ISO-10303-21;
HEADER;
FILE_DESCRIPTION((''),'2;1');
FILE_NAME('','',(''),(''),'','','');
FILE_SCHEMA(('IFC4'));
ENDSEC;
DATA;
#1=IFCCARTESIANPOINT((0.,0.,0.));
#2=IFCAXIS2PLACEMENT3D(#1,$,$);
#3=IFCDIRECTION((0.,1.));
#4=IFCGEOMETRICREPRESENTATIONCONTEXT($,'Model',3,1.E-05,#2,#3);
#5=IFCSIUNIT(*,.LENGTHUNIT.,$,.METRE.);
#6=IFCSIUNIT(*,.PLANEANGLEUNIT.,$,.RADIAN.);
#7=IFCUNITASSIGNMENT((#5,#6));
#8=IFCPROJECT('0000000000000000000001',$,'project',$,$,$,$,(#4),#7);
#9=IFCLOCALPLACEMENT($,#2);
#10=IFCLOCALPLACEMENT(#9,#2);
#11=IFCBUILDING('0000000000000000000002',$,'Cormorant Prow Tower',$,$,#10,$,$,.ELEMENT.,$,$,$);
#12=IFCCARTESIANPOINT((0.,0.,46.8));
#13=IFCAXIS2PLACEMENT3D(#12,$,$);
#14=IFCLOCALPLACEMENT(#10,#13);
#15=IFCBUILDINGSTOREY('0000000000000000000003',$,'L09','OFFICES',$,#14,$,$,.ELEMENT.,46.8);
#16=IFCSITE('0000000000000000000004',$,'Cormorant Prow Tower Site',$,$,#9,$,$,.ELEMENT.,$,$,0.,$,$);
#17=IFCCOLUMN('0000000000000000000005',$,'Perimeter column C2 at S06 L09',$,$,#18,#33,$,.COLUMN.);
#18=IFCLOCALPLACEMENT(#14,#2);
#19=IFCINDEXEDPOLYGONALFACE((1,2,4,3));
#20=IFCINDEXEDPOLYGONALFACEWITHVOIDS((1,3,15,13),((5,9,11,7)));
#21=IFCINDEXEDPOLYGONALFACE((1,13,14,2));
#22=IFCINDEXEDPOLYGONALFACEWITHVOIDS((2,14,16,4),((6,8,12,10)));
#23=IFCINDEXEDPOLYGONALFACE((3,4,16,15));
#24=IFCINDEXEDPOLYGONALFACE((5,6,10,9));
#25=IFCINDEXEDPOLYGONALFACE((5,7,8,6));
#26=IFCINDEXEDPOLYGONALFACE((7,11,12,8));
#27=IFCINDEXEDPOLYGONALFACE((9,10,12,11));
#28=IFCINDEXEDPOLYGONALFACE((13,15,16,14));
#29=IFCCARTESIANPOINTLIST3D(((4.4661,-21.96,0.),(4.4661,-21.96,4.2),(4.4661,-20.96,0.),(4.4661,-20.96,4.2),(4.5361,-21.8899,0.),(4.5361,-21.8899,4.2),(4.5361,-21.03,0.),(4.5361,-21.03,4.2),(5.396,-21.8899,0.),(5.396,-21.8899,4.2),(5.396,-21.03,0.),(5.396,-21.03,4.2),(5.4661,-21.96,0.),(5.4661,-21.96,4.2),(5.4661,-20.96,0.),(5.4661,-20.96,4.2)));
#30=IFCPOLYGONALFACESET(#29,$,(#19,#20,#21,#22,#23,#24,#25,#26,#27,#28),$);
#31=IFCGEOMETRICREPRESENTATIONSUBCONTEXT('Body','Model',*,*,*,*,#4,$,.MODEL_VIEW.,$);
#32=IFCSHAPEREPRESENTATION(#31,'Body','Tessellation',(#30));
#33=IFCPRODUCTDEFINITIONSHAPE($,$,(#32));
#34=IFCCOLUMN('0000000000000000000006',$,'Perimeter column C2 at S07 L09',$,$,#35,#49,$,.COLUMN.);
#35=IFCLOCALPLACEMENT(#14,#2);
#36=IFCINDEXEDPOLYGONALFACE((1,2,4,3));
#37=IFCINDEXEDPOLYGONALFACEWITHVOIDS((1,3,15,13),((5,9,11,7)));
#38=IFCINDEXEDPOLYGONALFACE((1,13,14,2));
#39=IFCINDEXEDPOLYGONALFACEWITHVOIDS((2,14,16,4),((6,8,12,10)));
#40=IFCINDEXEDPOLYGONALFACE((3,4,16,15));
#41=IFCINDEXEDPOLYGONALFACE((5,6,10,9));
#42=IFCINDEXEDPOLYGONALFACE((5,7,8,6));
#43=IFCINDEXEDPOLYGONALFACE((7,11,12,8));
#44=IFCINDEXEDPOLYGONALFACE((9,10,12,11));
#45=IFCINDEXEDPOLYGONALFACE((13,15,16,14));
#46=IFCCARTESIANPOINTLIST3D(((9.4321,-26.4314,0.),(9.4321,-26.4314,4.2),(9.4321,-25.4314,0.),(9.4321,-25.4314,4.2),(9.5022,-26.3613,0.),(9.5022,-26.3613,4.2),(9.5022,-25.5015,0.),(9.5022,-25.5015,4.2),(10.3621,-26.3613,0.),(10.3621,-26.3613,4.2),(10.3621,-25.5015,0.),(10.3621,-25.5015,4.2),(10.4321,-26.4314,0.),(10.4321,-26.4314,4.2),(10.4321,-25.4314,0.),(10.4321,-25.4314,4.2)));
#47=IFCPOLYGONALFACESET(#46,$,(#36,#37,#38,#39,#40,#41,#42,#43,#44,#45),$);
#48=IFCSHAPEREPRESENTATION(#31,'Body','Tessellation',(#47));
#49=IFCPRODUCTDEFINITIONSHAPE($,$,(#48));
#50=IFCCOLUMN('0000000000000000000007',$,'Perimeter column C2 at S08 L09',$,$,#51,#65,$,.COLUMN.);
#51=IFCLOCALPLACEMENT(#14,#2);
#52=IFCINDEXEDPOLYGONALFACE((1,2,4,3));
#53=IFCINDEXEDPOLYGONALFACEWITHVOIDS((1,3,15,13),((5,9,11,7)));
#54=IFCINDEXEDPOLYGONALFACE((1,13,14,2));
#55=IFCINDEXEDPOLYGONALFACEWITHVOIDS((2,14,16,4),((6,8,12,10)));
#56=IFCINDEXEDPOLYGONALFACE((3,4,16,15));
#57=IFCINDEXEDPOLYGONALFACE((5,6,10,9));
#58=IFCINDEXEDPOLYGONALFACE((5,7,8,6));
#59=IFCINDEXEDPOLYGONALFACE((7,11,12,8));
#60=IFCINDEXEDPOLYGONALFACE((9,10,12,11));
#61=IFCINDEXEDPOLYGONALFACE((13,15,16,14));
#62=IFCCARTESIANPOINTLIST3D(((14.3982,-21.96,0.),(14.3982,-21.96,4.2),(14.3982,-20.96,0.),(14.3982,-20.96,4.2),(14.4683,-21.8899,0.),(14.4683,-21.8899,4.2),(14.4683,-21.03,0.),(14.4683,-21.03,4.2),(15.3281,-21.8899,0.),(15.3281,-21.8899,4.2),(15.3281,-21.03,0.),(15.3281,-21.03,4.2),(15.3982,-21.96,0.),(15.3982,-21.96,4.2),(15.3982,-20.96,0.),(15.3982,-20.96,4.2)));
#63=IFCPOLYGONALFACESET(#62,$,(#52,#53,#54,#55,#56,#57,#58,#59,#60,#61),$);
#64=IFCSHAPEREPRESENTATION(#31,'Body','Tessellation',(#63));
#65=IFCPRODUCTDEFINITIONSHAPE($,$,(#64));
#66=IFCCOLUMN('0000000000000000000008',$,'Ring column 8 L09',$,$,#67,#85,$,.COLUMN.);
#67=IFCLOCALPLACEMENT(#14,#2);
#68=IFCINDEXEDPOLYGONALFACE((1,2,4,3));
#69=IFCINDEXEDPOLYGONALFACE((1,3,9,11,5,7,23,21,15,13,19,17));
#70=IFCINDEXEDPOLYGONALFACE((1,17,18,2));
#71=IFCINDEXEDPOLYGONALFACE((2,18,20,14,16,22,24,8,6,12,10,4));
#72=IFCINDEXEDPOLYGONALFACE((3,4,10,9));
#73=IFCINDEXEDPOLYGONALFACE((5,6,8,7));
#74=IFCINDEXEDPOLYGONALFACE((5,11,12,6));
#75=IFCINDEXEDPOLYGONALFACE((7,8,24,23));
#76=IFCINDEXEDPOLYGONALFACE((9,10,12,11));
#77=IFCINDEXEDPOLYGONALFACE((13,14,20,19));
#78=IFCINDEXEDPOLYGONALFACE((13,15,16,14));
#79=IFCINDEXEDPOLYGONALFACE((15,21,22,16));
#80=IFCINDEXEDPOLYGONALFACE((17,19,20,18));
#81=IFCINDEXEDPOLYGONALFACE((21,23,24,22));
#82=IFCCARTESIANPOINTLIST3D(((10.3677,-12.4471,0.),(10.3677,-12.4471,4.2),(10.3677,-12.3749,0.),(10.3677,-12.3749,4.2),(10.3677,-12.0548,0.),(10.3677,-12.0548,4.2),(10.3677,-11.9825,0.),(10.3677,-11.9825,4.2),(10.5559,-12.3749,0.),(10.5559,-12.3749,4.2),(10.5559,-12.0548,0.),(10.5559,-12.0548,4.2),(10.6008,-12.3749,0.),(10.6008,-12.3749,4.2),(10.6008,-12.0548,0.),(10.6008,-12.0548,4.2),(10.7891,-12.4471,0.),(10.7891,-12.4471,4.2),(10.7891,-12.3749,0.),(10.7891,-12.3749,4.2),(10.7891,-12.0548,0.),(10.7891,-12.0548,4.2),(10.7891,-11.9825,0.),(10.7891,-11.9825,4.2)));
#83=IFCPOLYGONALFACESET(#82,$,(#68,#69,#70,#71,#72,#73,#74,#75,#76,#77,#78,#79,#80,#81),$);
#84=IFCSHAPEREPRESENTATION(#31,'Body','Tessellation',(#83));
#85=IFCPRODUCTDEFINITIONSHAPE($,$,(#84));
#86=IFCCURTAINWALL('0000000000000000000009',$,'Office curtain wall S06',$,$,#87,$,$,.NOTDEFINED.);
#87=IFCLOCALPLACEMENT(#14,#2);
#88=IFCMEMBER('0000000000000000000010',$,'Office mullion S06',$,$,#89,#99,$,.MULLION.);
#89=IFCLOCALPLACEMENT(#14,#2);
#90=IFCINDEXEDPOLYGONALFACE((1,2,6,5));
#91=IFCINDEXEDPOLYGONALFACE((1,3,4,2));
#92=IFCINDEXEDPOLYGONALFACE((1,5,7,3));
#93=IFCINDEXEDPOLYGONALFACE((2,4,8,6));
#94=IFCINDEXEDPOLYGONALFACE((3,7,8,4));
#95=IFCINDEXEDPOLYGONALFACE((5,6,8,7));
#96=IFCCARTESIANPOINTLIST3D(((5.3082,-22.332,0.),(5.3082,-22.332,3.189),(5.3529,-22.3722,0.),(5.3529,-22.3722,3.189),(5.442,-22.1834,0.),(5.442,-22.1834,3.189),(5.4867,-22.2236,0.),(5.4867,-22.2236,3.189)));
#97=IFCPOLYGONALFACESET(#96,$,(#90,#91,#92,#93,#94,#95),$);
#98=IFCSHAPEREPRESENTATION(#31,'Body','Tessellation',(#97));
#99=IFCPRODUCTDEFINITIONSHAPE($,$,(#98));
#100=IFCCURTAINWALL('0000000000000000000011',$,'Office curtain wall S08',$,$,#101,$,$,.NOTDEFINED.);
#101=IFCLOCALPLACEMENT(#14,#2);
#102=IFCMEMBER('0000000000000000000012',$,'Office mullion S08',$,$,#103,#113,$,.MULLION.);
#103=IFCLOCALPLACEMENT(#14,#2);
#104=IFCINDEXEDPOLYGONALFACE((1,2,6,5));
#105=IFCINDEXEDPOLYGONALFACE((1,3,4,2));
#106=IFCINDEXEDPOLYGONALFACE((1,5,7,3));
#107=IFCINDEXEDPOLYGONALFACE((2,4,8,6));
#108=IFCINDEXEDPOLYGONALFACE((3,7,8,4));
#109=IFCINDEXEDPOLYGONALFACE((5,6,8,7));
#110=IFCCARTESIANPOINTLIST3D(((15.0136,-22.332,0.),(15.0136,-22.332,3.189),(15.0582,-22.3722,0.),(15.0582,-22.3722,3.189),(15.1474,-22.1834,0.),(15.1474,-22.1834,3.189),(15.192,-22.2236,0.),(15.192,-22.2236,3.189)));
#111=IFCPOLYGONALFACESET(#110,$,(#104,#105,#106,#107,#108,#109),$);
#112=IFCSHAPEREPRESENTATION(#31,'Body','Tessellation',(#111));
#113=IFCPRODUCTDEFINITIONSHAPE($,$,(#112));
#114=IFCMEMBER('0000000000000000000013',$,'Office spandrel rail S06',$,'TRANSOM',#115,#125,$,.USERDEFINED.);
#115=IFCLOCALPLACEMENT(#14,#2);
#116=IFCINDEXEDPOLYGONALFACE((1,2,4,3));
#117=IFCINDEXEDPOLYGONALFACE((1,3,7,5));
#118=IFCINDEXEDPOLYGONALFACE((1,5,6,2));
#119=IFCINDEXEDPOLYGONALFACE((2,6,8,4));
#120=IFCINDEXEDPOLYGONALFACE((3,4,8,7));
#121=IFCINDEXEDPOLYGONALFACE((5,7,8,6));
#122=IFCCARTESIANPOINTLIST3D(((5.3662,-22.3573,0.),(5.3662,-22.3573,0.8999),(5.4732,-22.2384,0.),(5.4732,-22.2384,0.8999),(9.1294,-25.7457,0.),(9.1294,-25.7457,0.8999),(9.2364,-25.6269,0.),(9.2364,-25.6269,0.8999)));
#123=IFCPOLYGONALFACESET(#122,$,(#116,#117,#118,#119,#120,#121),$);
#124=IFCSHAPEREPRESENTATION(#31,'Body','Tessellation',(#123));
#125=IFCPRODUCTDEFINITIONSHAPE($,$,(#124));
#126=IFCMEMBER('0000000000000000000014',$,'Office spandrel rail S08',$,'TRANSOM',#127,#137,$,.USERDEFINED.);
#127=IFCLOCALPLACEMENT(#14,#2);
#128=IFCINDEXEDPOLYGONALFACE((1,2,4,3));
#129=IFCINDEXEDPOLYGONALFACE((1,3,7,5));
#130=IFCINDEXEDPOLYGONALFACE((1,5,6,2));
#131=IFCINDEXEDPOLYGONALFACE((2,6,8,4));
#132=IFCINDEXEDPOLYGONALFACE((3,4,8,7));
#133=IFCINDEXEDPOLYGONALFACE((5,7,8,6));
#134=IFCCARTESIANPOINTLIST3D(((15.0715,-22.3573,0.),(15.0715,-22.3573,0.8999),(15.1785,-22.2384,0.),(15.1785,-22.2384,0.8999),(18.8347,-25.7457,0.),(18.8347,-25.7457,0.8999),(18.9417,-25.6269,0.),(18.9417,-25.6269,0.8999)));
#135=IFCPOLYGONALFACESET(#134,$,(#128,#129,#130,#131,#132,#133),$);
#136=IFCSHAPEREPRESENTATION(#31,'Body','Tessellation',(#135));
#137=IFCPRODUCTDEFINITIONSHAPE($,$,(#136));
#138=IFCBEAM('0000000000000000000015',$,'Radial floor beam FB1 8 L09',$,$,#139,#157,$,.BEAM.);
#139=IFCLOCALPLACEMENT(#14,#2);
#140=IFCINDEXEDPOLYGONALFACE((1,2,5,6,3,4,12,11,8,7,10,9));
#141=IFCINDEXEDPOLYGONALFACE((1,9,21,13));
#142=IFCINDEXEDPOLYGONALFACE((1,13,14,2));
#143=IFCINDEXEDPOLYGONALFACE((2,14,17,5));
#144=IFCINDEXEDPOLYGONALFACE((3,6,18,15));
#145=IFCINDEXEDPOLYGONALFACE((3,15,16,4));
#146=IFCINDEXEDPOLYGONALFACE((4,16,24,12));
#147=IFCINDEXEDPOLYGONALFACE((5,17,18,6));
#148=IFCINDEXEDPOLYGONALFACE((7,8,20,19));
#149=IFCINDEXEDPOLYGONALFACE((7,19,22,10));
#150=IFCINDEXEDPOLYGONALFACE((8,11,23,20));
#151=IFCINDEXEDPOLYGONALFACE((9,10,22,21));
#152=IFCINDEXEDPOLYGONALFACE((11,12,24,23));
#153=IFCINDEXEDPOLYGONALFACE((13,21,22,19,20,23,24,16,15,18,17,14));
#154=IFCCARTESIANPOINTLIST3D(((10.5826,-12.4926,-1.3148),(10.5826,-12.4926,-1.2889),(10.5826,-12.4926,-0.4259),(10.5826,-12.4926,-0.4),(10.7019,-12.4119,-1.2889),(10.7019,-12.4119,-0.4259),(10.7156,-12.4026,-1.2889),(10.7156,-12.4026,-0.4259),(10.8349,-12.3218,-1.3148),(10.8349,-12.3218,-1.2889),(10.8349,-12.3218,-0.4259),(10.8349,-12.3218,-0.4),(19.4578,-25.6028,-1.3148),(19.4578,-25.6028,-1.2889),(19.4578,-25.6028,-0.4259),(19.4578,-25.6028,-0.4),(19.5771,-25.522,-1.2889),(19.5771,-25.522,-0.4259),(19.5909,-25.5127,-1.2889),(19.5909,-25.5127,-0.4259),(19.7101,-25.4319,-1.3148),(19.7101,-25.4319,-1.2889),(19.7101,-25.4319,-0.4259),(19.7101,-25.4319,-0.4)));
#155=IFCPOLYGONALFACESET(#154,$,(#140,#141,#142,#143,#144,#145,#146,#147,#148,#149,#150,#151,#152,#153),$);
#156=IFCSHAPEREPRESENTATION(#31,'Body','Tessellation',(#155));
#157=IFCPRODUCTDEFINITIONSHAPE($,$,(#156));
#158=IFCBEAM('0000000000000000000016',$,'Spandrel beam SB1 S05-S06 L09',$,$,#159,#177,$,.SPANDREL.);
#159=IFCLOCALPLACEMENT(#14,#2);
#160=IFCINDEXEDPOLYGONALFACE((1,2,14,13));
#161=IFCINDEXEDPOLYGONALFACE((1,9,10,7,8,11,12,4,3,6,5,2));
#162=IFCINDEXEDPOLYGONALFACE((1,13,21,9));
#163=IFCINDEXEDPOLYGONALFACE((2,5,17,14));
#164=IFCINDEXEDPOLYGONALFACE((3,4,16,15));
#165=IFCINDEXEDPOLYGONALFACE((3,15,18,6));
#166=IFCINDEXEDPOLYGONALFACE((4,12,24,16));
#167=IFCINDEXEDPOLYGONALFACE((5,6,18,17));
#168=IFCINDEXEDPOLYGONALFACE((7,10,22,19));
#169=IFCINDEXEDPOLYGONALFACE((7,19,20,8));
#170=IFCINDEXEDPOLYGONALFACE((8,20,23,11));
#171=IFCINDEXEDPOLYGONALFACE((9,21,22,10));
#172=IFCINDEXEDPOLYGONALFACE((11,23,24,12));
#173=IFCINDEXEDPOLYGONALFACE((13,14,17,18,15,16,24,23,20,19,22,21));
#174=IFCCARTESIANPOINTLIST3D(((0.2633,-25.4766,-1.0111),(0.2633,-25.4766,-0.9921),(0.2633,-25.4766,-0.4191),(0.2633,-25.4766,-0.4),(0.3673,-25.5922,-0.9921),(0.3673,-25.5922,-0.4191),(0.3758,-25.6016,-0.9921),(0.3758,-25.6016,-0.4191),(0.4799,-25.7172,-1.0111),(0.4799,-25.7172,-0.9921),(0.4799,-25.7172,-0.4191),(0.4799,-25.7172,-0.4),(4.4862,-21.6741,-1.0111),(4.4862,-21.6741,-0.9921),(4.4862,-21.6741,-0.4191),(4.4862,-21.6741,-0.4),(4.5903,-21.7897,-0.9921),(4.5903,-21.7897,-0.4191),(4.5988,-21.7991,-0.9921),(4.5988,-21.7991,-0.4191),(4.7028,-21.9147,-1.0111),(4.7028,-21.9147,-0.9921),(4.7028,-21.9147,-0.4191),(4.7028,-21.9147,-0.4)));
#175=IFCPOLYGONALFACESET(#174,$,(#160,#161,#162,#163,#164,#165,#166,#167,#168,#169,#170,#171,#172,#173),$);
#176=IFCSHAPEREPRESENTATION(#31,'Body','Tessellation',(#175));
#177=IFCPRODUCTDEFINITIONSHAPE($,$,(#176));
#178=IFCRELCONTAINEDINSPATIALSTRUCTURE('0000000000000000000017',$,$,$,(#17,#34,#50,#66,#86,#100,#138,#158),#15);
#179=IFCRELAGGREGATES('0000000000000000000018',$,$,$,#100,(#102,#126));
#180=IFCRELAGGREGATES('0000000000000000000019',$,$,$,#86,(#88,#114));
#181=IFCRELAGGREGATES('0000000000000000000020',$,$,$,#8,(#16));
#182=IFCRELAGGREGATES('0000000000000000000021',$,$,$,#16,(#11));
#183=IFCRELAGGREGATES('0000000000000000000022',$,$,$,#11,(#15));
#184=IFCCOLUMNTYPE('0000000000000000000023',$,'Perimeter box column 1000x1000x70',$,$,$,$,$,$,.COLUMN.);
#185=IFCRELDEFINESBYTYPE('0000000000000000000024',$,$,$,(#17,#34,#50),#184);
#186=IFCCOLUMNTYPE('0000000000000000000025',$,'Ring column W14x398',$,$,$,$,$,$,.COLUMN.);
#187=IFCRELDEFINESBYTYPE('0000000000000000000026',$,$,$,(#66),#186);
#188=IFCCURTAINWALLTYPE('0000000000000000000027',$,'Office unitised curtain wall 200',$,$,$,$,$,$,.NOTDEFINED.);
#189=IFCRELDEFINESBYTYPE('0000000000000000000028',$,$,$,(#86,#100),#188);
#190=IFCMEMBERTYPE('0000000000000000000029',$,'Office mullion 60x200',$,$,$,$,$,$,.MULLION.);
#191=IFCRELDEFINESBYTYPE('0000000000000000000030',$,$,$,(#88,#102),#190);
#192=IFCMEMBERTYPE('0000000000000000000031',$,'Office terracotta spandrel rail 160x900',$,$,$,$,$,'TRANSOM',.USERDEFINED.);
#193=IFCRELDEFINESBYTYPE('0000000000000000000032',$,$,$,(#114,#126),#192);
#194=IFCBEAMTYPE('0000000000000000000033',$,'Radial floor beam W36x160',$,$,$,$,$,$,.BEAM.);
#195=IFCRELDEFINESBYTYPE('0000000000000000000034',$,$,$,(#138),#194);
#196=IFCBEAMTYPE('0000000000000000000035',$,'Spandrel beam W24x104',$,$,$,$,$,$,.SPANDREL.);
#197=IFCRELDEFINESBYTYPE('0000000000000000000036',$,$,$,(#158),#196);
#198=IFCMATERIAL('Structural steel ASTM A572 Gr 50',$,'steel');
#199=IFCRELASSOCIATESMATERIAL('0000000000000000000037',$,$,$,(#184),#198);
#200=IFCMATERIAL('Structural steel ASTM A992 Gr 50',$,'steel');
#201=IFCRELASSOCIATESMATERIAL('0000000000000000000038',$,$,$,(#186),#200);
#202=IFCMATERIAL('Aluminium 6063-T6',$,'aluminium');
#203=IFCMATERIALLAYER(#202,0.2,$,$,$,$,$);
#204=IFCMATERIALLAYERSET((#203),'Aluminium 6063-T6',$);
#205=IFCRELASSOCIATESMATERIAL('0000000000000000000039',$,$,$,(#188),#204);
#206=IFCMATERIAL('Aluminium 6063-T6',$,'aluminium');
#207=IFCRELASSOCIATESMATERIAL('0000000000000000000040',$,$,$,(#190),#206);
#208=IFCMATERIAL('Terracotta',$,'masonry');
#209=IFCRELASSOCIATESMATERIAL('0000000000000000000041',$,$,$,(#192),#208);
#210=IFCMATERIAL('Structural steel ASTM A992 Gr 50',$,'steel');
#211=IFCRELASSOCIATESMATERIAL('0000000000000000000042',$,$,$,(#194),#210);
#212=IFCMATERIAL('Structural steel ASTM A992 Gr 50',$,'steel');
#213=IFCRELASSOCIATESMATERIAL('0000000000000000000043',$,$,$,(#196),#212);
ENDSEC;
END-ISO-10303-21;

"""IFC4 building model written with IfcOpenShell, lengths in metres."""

from ifc_helpers import new_model, si_unit, direction, frame, origin, origin_2d, place, context, subcontext, project, spatial, rectangle, hollow_rectangle, i_section, extrude, material, layer, layer_set, material_profile, profile_set, type_object, element, aggregate, save


model = new_model("IFC4")

# Units and contexts
model_context = context("Model", 3, precision=1e-05, world=origin(), true_north=direction((0.0, 1.0)))
body_context = subcontext(model_context, "Body", "Model", "MODEL_VIEW")
ifc_project = project(units=[si_unit("LENGTHUNIT", "METRE"), si_unit("PLANEANGLEUNIT", "RADIAN")], contexts=[model_context])

# Site, building, storey
site_placement = place(None, origin())
site = spatial("IfcSite", under=ifc_project, at=site_placement, Name="Cormorant Prow Tower Site", CompositionType="ELEMENT", RefElevation=0.0)
building_placement = place(site_placement, origin())
building = spatial("IfcBuilding", under=site, at=building_placement, Name="Cormorant Prow Tower", CompositionType="ELEMENT")
storey_placement = place(building_placement, frame((0.0, 0.0, 46.8)))
storey = spatial("IfcBuildingStorey", under=building, at=storey_placement, Name="L09", Description="OFFICES", CompositionType="ELEMENT", Elevation=46.8)

# Columns
ifc_material_1 = material(Name="Structural steel ASTM A572 Gr 50", Category="steel")
ifc_material_profile_1 = material_profile(ifc_material_1, hollow_rectangle(XDim=1.0, YDim=1.0, WallThickness=0.0701, at=origin_2d()), Name="Box 1000x1000x70")
ifc_profile_set_1 = profile_set([ifc_material_profile_1], Name="Structural steel ASTM A572 Gr 50")
column_type_1 = type_object("IfcColumnType", Name="Perimeter box column 1000x1000x70", PredefinedType="COLUMN", material=ifc_profile_set_1)
for number, where, z_axis, x_axis, name in (
    (1, (4.9661, -21.46, 0.0), (0.0, 0.0, 1.0), (1.0, 0.0, 0.0), "Perimeter column C2 at S06 L09"),
    (2, (9.9321, -25.9314, 0.0), (0.0, 0.0, 1.0), (1.0, 0.0, 0.0), "Perimeter column C2 at S07 L09"),
    (3, (14.8982, -21.46, 0.0), (0.0, 0.0, 1.0), (1.0, 0.0, 0.0), "Perimeter column C2 at S08 L09"),
):
    element("IfcColumn", number, at=place(storey_placement, frame(where, z_axis=z_axis, x_axis=x_axis)), inside=storey, type_object=column_type_1, Name=name, PredefinedType="COLUMN", context=body_context, shape_type="SweptSolid", body=[
        extrude(hollow_rectangle(XDim=1.0, YDim=1.0, WallThickness=0.0701, at=origin_2d()), origin(), (0.0, 0.0, 1.0), 4.2),
    ])
ifc_material_2 = material(Name="Structural steel ASTM A992 Gr 50", Category="steel")
ifc_material_profile_2 = material_profile(ifc_material_2, i_section(OverallWidth=0.4214, OverallDepth=0.4646, WebThickness=0.0449, FlangeThickness=0.0723, at=origin_2d()), Name="W14x398")
ifc_profile_set_2 = profile_set([ifc_material_profile_2], Name="Structural steel ASTM A992 Gr 50")
column_type_2 = type_object("IfcColumnType", Name="Ring column W14x398", PredefinedType="COLUMN", material=ifc_profile_set_2)
column_placement = place(storey_placement, frame((10.5784, -12.2148, 0.0), z_axis=(0.0, 0.0, 1.0), x_axis=(1.0, 0.0, 0.0)))
element("IfcColumn", 4, at=column_placement, inside=storey, type_object=column_type_2, Name="Ring column 8 L09", PredefinedType="COLUMN", context=body_context, shape_type="SweptSolid", body=[
    extrude(i_section(OverallWidth=0.4214, OverallDepth=0.4646, WebThickness=0.0449, FlangeThickness=0.0723, at=origin_2d()), origin(), (0.0, 0.0, 1.0), 4.2),
])

# Curtain walls, members
ifc_material_3 = material(Name="Aluminium 6063-T6", Category="aluminium")
ifc_layer_1 = layer(ifc_material_3, 0.2)
ifc_layer_set_1 = layer_set([ifc_layer_1], Name="Aluminium 6063-T6")
curtain_wall_type = type_object("IfcCurtainWallType", Name="Office unitised curtain wall 200", PredefinedType="NOTDEFINED", material=ifc_layer_set_1)
curtain_wall_1_placement = place(storey_placement, origin())
curtain_wall_1 = element("IfcCurtainWall", 5, at=curtain_wall_1_placement, inside=storey, type_object=curtain_wall_type, Name="Office curtain wall S06", PredefinedType="NOTDEFINED")
ifc_material_4 = material(Name="Aluminium 6063-T6", Category="aluminium")
ifc_material_profile_3 = material_profile(ifc_material_4, rectangle(XDim=0.2, YDim=0.0601, at=origin_2d()), Name="Office mullion 60x200")
ifc_profile_set_3 = profile_set([ifc_material_profile_3], Name="Aluminium 6063-T6")
member_type_1 = type_object("IfcMemberType", Name="Office mullion 60x200", PredefinedType="MULLION", material=ifc_profile_set_3)
member_1_placement = place(storey_placement, frame((5.3975, -22.2778, 0.0), z_axis=(0.0, 0.0, 1.0), x_axis=(0.669131, 0.743145, 0.0)))
member_1 = element("IfcMember", 6, at=member_1_placement, type_object=member_type_1, Name="Office mullion S06", PredefinedType="MULLION", context=body_context, shape_type="SweptSolid", body=[
    extrude(rectangle(XDim=0.2, YDim=0.0601, at=origin_2d()), origin(), (0.0, 0.0, 1.0), 3.189),
])
curtain_wall_2_placement = place(storey_placement, origin())
curtain_wall_2 = element("IfcCurtainWall", 7, at=curtain_wall_2_placement, inside=storey, type_object=curtain_wall_type, Name="Office curtain wall S08", PredefinedType="NOTDEFINED")
member_2_placement = place(storey_placement, frame((15.1028, -22.2778, 0.0), z_axis=(0.0, 0.0, 1.0), x_axis=(0.669131, 0.743145, 0.0)))
member_2 = element("IfcMember", 8, at=member_2_placement, type_object=member_type_1, Name="Office mullion S08", PredefinedType="MULLION", context=body_context, shape_type="SweptSolid", body=[
    extrude(rectangle(XDim=0.2, YDim=0.0601, at=origin_2d()), origin(), (0.0, 0.0, 1.0), 3.189),
])

# Members
ifc_material_5 = material(Name="Terracotta", Category="masonry")
ifc_material_profile_4 = material_profile(ifc_material_5, rectangle(XDim=0.1599, YDim=0.8999, at=origin_2d()), Name="Office terracotta spandrel rail 160x900")
ifc_profile_set_4 = profile_set([ifc_material_profile_4], Name="Terracotta")
member_type_2 = type_object("IfcMemberType", Name="Office terracotta spandrel rail 160x900", ElementType="TRANSOM", PredefinedType="USERDEFINED", material=ifc_profile_set_4)
member_3_placement = place(storey_placement, frame((5.4197, -22.2979, 0.45), z_axis=(0.743141, -0.669135, 0.0), x_axis=(0.669135, 0.743141, 0.0)))
member_3 = element("IfcMember", 9, at=member_3_placement, type_object=member_type_2, Name="Office spandrel rail S06", ObjectType="TRANSOM", PredefinedType="USERDEFINED", context=body_context, shape_type="SweptSolid", body=[
    extrude(rectangle(XDim=0.1599, YDim=0.8999, at=origin_2d()), origin(), (0.0, 0.0, 1.0), 5.064),
])
member_4_placement = place(storey_placement, frame((15.125, -22.2979, 0.45), z_axis=(0.743141, -0.669135, 0.0), x_axis=(0.669135, 0.743141, 0.0)))
member_4 = element("IfcMember", 10, at=member_4_placement, type_object=member_type_2, Name="Office spandrel rail S08", ObjectType="TRANSOM", PredefinedType="USERDEFINED", context=body_context, shape_type="SweptSolid", body=[
    extrude(rectangle(XDim=0.1599, YDim=0.8999, at=origin_2d()), origin(), (0.0, 0.0, 1.0), 5.064),
])
aggregate(curtain_wall_2, [member_2, member_4])

# Beams
ifc_material_6 = material(Name="Structural steel ASTM A992 Gr 50", Category="steel")
ifc_material_profile_5 = material_profile(ifc_material_6, i_section(OverallWidth=0.3047, OverallDepth=0.9148, WebThickness=0.0166, FlangeThickness=0.0259, at=origin_2d()), Name="W36x160")
ifc_profile_set_5 = profile_set([ifc_material_profile_5], Name="Structural steel ASTM A992 Gr 50")
beam_type_1 = type_object("IfcBeamType", Name="Radial floor beam W36x160", PredefinedType="BEAM", material=ifc_profile_set_5)
beam_placement = place(storey_placement, frame((10.7087, -12.4072, -0.8574), z_axis=(0.560597, -0.828089, 0.0), x_axis=(0.828089, 0.560597, 0.0)))
element("IfcBeam", 11, at=beam_placement, inside=storey, type_object=beam_type_1, Name="Radial floor beam FB1 8 L09", PredefinedType="BEAM", context=body_context, shape_type="SweptSolid", body=[
    extrude(i_section(OverallWidth=0.3047, OverallDepth=0.9148, WebThickness=0.0166, FlangeThickness=0.0259, at=origin_2d()), origin(), (0.0, 0.0, 1.0), 15.8318),
])
ifc_material_7 = material(Name="Structural steel ASTM A992 Gr 50", Category="steel")
ifc_material_profile_6 = material_profile(ifc_material_7, i_section(OverallWidth=0.3237, OverallDepth=0.6111, WebThickness=0.0127, FlangeThickness=0.019, at=origin_2d()), Name="W24x104")
ifc_profile_set_6 = profile_set([ifc_material_profile_6], Name="Structural steel ASTM A992 Gr 50")
beam_type_2 = type_object("IfcBeamType", Name="Spandrel beam W24x104", PredefinedType="SPANDREL", material=ifc_profile_set_6)
for number, where, z_axis, x_axis, name in (
    (12, (0.3716, -25.5969, -0.7056), (0.74313, 0.669147, 0.0), (-0.669147, 0.74313, 0.0), "Spandrel beam SB1 S05-S06 L09"),
):
    element("IfcBeam", number, at=place(storey_placement, frame(where, z_axis=z_axis, x_axis=x_axis)), inside=storey, type_object=beam_type_2, Name=name, PredefinedType="SPANDREL", context=body_context, shape_type="SweptSolid", body=[
        extrude(i_section(OverallWidth=0.3237, OverallDepth=0.6111, WebThickness=0.0127, FlangeThickness=0.019, at=origin_2d()), origin(), (0.0, 0.0, 1.0), 5.6826),
    ])

aggregate(curtain_wall_1, [member_1, member_3])

save(model, "model.ifc")
